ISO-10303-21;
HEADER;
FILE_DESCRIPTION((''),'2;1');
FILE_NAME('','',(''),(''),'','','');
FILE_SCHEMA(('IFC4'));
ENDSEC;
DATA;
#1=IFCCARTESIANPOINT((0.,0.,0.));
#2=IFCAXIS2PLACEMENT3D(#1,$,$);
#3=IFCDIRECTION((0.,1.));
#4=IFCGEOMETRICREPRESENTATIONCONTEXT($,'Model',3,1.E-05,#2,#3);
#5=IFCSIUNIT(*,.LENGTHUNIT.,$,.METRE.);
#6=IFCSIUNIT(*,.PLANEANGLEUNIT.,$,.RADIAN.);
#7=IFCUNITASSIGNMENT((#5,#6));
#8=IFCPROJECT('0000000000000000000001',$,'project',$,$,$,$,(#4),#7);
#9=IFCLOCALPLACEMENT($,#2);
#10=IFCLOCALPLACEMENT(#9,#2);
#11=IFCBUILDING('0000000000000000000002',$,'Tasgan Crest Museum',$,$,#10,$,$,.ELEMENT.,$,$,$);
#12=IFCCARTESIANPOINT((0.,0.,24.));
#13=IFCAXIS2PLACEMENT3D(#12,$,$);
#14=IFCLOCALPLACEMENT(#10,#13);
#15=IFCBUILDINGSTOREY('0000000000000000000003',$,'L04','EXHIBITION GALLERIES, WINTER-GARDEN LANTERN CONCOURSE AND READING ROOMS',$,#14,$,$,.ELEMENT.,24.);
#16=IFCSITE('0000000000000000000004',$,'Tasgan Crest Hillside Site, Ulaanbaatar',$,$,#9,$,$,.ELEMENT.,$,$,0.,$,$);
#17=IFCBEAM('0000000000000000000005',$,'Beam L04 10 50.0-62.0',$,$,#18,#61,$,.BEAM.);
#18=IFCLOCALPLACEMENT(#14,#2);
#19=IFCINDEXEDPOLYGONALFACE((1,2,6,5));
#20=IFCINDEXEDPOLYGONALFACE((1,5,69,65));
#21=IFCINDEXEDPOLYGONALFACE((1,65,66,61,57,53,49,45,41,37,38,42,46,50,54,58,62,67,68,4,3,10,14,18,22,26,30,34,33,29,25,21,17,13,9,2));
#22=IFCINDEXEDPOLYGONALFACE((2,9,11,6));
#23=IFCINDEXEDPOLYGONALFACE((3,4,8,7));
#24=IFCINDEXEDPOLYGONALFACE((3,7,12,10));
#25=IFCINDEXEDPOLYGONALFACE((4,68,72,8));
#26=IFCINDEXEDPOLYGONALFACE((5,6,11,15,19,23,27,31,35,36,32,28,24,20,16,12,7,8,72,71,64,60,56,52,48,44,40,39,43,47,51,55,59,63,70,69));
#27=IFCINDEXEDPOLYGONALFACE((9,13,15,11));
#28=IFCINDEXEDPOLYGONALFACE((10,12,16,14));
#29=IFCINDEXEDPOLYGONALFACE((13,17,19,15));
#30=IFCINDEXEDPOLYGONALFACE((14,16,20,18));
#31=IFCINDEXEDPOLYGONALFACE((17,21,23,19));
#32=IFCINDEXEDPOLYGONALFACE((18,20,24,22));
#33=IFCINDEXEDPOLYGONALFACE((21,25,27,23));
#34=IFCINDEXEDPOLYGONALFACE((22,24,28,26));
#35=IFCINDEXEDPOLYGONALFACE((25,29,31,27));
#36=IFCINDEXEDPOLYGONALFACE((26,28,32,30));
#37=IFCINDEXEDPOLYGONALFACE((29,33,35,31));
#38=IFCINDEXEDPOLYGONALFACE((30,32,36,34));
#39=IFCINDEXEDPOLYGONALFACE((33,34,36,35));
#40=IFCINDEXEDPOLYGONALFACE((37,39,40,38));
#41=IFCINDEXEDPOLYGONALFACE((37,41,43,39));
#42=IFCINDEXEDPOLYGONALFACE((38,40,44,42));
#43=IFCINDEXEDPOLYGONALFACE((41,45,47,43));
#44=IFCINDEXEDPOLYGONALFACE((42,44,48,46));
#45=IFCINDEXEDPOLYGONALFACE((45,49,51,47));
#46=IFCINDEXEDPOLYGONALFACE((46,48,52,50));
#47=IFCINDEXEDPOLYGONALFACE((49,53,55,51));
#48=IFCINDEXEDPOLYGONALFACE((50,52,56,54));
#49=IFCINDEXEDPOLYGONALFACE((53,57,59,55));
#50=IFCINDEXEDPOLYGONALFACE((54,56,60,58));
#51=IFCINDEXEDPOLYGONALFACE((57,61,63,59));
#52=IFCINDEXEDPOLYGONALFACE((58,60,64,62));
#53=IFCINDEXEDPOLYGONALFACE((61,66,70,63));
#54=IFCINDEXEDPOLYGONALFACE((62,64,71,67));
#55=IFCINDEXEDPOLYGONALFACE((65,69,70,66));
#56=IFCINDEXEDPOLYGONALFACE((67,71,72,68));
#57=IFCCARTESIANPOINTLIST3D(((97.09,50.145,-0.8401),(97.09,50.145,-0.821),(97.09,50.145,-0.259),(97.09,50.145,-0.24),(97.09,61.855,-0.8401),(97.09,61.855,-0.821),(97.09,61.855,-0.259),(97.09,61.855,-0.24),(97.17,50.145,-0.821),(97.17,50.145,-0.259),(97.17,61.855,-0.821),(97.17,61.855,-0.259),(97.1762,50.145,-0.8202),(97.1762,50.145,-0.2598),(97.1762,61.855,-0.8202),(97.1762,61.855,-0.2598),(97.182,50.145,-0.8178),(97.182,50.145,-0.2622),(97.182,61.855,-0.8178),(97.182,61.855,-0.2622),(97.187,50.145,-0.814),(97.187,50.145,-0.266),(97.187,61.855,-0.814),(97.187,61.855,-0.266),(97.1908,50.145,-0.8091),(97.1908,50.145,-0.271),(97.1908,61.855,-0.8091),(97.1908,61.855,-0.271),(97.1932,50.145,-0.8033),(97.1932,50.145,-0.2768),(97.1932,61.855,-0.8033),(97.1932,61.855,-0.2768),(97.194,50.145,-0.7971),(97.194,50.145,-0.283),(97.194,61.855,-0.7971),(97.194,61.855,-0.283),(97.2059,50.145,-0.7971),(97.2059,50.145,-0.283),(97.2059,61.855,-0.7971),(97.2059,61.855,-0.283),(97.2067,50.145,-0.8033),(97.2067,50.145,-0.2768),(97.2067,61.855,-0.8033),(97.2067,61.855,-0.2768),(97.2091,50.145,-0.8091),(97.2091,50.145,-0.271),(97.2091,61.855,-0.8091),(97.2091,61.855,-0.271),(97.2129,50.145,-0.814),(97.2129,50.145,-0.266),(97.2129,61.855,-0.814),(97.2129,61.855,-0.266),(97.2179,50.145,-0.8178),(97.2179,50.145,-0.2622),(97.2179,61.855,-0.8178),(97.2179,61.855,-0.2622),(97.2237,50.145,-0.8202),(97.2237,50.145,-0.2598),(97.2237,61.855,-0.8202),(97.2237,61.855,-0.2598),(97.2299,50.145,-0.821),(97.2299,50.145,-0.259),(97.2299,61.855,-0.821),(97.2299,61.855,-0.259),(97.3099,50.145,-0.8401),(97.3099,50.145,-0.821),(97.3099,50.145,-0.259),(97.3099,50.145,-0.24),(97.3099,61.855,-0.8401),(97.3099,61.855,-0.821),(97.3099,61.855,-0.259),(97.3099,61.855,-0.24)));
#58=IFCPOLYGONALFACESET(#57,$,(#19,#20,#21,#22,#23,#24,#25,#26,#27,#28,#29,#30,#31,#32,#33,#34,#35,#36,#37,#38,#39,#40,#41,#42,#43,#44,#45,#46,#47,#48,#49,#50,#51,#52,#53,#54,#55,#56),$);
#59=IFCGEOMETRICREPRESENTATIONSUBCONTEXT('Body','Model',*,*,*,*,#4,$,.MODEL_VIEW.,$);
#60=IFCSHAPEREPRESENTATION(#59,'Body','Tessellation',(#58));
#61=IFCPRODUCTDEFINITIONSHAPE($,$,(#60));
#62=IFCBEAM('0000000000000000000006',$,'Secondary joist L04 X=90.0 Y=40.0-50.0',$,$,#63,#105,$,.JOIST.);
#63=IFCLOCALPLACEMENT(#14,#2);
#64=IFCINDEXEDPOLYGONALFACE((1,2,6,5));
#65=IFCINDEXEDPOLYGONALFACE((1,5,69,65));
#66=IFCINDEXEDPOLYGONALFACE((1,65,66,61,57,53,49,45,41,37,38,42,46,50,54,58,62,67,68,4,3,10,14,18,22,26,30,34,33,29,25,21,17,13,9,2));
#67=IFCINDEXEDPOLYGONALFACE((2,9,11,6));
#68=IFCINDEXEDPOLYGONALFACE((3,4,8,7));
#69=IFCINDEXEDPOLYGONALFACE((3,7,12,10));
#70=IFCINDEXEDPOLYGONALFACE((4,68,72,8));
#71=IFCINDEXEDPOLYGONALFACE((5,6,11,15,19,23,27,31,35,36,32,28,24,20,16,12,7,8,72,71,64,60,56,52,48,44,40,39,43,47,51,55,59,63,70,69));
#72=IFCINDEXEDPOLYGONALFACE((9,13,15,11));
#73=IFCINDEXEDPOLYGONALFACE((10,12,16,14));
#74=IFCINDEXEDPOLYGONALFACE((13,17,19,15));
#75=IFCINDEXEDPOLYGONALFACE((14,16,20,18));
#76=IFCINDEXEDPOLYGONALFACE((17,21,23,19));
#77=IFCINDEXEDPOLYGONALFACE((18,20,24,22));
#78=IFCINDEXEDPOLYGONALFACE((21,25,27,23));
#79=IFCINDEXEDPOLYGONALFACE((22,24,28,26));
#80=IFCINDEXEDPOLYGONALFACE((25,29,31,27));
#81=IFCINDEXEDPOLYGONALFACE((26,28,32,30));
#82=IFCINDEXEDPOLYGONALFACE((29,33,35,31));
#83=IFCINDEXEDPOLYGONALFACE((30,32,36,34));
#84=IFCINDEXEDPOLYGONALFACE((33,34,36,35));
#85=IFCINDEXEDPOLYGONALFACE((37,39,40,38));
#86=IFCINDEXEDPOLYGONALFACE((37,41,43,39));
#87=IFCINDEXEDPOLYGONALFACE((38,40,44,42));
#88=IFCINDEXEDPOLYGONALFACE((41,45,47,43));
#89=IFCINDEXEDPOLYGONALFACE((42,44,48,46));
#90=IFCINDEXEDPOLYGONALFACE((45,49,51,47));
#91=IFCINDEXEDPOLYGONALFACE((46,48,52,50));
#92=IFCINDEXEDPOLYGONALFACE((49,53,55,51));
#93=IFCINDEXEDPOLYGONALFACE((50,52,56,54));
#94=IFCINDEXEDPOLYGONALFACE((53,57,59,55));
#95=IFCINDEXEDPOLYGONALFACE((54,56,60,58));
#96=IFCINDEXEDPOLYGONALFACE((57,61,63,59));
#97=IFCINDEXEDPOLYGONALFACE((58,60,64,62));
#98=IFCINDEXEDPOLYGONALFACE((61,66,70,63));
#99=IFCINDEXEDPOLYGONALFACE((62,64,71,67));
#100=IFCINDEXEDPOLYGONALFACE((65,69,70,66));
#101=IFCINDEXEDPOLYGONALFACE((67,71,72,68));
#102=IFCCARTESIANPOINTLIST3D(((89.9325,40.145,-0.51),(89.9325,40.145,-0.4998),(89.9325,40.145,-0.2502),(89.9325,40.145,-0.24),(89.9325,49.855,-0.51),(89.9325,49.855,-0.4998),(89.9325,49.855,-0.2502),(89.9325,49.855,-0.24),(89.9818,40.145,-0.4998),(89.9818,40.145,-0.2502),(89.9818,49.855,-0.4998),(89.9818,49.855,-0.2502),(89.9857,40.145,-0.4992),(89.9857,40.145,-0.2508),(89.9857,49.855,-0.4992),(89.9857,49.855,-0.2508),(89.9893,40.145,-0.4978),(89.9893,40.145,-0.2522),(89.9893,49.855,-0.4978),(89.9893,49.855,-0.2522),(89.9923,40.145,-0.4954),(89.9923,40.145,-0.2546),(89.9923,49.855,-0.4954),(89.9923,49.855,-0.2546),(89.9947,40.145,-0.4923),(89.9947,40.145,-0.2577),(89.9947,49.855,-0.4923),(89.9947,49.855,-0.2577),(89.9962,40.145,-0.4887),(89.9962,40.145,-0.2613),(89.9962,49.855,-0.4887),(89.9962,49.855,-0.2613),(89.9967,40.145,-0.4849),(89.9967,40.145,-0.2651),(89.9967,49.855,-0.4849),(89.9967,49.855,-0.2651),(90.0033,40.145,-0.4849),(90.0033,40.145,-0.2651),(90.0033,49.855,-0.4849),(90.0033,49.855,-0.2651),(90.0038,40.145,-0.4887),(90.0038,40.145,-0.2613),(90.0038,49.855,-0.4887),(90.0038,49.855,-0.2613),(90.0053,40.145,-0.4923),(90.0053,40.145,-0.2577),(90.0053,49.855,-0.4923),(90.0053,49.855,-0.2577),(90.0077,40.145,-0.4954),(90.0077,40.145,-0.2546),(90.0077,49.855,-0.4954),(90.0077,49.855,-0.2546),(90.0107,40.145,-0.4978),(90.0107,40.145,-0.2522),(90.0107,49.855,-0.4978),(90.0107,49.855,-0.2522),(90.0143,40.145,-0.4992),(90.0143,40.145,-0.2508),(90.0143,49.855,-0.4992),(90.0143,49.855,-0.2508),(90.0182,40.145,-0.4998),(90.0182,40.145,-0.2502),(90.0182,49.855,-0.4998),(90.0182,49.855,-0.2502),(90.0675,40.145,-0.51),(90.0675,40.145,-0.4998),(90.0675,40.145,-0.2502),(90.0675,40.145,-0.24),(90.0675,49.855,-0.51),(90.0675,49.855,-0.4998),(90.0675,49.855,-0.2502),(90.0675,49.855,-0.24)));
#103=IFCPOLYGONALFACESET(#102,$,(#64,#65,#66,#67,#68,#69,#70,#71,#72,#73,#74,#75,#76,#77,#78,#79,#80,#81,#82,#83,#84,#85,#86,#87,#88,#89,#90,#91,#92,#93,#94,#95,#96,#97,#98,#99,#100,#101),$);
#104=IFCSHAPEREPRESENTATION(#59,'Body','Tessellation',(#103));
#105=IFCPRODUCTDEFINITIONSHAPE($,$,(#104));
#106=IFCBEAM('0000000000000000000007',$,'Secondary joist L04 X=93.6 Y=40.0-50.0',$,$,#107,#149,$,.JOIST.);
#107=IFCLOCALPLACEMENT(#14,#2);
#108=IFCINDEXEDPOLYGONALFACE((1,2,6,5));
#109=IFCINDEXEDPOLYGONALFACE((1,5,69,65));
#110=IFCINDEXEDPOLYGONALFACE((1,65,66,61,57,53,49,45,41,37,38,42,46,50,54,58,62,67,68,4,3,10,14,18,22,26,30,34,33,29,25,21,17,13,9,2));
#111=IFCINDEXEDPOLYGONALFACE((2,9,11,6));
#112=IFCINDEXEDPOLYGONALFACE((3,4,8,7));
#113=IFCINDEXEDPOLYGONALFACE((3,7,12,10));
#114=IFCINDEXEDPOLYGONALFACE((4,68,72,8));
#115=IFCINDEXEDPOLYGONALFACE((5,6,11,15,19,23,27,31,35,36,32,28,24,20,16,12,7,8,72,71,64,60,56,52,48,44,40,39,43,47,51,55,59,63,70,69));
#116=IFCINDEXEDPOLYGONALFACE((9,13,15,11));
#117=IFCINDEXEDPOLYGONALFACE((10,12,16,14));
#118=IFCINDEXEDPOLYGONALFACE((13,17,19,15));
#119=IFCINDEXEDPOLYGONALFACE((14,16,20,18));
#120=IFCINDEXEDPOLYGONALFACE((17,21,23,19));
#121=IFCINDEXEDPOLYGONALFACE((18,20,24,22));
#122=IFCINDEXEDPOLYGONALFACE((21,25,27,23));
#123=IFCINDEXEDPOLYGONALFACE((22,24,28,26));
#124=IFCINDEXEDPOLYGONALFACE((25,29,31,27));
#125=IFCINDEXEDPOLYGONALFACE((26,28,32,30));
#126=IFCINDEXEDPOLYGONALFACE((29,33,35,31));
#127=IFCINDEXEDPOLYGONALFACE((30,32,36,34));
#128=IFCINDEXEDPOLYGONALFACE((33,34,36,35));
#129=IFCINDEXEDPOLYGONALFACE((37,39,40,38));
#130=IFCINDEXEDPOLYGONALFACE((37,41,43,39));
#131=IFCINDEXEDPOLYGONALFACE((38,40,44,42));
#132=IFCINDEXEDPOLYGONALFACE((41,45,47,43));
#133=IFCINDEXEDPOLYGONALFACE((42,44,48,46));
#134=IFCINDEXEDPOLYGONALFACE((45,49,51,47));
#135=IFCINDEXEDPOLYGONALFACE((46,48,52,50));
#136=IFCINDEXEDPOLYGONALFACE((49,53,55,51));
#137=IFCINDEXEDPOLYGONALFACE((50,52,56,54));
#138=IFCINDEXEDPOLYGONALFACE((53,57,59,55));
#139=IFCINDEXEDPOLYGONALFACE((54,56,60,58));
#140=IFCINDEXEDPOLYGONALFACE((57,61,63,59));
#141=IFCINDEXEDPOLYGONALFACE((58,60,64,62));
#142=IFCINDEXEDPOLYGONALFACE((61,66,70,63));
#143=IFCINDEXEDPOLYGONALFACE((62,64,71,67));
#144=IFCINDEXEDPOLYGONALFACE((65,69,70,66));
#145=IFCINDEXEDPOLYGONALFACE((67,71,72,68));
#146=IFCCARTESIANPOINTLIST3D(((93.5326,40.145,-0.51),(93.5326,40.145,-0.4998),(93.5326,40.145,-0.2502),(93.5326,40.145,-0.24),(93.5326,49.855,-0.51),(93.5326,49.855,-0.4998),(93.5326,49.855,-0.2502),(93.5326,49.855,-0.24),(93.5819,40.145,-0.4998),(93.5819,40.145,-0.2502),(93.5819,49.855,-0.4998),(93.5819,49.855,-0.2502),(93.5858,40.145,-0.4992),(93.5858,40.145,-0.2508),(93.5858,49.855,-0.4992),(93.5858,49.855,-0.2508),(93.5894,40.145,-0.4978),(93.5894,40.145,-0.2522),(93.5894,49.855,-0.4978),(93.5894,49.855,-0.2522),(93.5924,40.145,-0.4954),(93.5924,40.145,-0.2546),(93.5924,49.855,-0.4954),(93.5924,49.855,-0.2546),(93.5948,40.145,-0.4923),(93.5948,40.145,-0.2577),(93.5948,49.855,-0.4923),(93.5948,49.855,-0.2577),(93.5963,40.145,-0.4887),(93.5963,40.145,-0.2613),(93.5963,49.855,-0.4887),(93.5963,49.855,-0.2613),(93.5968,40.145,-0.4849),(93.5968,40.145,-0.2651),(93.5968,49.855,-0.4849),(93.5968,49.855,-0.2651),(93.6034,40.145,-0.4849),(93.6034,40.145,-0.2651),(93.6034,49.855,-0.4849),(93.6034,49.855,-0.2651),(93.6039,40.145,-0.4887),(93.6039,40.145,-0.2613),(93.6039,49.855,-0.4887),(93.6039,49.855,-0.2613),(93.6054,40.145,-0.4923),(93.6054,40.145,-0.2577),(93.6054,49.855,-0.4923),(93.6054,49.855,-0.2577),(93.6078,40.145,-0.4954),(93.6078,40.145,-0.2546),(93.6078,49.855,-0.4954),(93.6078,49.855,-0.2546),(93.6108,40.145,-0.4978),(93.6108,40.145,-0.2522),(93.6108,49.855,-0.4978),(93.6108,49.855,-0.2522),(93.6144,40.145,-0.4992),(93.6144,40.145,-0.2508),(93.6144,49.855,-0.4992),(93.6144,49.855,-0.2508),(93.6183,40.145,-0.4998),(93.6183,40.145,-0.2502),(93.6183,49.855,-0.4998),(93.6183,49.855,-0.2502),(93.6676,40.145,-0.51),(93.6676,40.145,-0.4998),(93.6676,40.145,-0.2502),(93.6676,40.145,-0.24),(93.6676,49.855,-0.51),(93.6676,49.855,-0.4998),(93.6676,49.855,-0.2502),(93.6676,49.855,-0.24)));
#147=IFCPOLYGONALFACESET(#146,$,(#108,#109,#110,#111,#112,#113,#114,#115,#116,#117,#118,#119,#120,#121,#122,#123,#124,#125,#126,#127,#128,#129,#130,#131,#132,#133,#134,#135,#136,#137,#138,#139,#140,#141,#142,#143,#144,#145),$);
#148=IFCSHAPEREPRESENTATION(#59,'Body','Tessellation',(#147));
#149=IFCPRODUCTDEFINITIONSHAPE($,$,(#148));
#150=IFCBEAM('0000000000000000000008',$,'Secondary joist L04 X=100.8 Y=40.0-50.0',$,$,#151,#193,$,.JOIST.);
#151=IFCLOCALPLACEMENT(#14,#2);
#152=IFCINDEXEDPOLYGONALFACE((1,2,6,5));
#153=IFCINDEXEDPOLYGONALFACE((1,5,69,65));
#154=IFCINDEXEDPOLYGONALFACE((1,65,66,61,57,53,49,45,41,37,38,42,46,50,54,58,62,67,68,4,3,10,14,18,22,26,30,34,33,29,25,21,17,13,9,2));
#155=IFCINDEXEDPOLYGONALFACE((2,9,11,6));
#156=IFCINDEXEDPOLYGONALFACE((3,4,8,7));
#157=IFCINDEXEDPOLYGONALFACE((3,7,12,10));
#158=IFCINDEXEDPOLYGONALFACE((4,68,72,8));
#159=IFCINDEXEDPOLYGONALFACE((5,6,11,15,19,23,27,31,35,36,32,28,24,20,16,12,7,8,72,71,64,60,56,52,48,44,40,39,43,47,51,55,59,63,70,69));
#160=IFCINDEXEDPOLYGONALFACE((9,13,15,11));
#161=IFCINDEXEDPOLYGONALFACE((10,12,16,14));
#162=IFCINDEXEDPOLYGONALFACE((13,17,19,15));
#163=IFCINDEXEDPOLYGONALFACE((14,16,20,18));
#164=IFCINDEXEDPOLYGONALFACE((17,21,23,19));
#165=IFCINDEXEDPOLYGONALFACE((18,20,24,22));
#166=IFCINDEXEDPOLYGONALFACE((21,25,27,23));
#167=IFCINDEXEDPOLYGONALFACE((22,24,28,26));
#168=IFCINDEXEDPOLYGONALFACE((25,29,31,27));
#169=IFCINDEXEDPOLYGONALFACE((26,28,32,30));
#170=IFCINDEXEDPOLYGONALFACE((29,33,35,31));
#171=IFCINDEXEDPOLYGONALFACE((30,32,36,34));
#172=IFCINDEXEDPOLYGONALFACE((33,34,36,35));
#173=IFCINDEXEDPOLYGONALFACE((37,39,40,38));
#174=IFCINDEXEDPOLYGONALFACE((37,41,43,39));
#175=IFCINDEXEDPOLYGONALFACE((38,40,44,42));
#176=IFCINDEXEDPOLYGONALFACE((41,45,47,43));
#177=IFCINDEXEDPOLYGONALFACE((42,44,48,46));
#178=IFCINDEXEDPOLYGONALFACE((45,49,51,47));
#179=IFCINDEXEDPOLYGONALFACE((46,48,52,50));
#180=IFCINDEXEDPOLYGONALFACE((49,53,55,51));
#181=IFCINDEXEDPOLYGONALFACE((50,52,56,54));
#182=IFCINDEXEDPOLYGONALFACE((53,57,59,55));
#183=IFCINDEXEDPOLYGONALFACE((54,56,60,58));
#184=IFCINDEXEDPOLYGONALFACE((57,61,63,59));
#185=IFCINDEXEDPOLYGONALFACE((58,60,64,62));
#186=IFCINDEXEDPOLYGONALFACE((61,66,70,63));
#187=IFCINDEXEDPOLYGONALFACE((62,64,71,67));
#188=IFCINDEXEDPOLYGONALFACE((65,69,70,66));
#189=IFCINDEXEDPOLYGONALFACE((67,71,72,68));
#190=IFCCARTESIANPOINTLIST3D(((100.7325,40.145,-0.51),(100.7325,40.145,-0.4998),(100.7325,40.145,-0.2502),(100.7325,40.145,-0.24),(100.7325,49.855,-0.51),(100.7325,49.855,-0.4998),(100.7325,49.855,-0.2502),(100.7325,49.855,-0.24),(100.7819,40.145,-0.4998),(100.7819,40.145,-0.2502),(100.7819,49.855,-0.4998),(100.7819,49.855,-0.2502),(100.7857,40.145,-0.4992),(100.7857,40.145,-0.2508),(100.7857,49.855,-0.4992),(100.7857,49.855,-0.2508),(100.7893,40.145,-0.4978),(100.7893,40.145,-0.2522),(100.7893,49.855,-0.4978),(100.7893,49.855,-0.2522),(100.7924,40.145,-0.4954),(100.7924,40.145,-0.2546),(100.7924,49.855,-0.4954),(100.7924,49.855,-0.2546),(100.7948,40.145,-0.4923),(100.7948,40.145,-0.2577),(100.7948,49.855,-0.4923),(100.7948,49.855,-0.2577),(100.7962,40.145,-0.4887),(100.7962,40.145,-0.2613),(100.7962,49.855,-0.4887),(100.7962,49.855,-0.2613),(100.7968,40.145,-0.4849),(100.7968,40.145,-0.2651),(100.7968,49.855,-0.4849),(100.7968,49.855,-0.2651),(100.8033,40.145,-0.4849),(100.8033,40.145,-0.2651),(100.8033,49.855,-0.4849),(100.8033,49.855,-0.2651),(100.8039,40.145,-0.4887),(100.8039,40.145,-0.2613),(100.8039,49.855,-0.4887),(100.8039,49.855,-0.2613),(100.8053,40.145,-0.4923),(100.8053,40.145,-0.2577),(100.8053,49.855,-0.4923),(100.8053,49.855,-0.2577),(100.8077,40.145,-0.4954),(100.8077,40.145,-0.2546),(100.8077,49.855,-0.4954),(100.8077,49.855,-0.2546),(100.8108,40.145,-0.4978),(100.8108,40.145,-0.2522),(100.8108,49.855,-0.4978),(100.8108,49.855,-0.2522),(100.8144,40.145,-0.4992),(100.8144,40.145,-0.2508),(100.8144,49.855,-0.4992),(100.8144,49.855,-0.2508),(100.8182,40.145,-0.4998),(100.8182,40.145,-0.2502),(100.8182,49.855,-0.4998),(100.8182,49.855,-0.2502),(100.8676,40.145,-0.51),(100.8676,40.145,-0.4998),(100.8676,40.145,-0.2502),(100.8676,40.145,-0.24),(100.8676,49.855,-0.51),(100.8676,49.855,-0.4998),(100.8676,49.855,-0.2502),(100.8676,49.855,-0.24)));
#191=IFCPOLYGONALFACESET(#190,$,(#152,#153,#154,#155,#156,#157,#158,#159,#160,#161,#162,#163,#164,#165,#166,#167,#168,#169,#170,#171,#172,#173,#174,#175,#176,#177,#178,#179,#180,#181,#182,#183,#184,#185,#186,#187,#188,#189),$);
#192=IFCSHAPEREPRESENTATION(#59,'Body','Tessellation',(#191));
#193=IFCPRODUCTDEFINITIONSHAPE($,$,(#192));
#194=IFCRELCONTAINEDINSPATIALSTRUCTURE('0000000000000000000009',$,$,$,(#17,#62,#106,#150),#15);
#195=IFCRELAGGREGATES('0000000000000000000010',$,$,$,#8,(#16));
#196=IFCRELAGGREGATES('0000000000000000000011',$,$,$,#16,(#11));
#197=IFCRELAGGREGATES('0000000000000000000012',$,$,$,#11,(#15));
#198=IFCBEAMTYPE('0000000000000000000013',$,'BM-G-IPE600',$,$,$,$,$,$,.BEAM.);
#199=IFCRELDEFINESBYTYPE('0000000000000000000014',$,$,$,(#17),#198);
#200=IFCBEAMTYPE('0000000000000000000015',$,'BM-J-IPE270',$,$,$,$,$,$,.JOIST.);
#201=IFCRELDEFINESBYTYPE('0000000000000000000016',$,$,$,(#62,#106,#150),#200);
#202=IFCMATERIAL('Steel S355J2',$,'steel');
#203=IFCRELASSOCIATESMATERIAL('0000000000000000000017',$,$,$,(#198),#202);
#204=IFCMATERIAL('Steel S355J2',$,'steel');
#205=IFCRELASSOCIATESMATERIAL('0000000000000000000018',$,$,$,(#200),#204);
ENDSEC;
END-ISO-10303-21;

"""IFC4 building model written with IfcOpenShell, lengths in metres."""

from ifc_helpers import new_model, si_unit, direction, frame, origin, origin_2d, place, context, subcontext, project, spatial, i_section, extrude, material, material_profile, profile_set, type_object, element, save


model = new_model("IFC4")

# Units and contexts
model_context = context("Model", 3, precision=1e-05, world=origin(), true_north=direction((0.0, 1.0)))
body_context = subcontext(model_context, "Body", "Model", "MODEL_VIEW")
ifc_project = project(units=[si_unit("LENGTHUNIT", "METRE"), si_unit("PLANEANGLEUNIT", "RADIAN")], contexts=[model_context])

# Site, building, storey
site_placement = place(None, origin())
site = spatial("IfcSite", under=ifc_project, at=site_placement, Name="Tasgan Crest Hillside Site, Ulaanbaatar", CompositionType="ELEMENT", RefElevation=0.0)
building_placement = place(site_placement, origin())
building = spatial("IfcBuilding", under=site, at=building_placement, Name="Tasgan Crest Museum", CompositionType="ELEMENT")
storey_placement = place(building_placement, frame((0.0, 0.0, 24.0)))
storey = spatial("IfcBuildingStorey", under=building, at=storey_placement, Name="L04", Description="EXHIBITION GALLERIES, WINTER-GARDEN LANTERN CONCOURSE AND READING ROOMS", CompositionType="ELEMENT", Elevation=24.0)

# Beams
ifc_material_1 = material(Name="Steel S355J2", Category="steel")
ifc_material_profile_1 = material_profile(ifc_material_1, i_section(OverallWidth=0.22, OverallDepth=0.6001, WebThickness=0.012, FlangeThickness=0.019, FilletRadius=0.0239, at=origin_2d()), Name="IPE 600")
ifc_profile_set_1 = profile_set([ifc_material_profile_1], Name="Steel S355J2")
beam_type_1 = type_object("IfcBeamType", Name="BM-G-IPE600", PredefinedType="BEAM", material=ifc_profile_set_1)
beam_1_placement = place(storey_placement, frame((97.2, 50.145, -0.54), z_axis=(0.0, 1.0, 0.0), x_axis=(-1.0, 0.0, 0.0)))
element("IfcBeam", 1, at=beam_1_placement, inside=storey, type_object=beam_type_1, Name="Beam L04 10 50.0-62.0", PredefinedType="BEAM", context=body_context, shape_type="SweptSolid", body=[
    extrude(i_section(OverallWidth=0.22, OverallDepth=0.6001, WebThickness=0.012, FlangeThickness=0.019, FilletRadius=0.0239, at=origin_2d()), origin(), (0.0, 0.0, 1.0), 11.71),
])
ifc_material_2 = material(Name="Steel S355J2", Category="steel")
ifc_material_profile_2 = material_profile(ifc_material_2, i_section(OverallWidth=0.135, OverallDepth=0.27, WebThickness=0.0066, FlangeThickness=0.0103, FilletRadius=0.0149, at=origin_2d()), Name="IPE 270")
ifc_profile_set_2 = profile_set([ifc_material_profile_2], Name="Steel S355J2")
beam_type_2 = type_object("IfcBeamType", Name="BM-J-IPE270", PredefinedType="JOIST", material=ifc_profile_set_2)
for number, where, z_axis, x_axis, name in (
    (2, (90.0, 40.145, -0.375), (0.0, 1.0, 0.0), (-1.0, 0.0, 0.0), "Secondary joist L04 X=90.0 Y=40.0-50.0"),
    (3, (93.6001, 40.145, -0.375), (0.0, 1.0, 0.0), (-1.0, 0.0, 0.0), "Secondary joist L04 X=93.6 Y=40.0-50.0"),
    (4, (100.8, 40.145, -0.375), (0.0, 1.0, 0.0), (-1.0, 0.0, 0.0), "Secondary joist L04 X=100.8 Y=40.0-50.0"),
):
    element("IfcBeam", number, at=place(storey_placement, frame(where, z_axis=z_axis, x_axis=x_axis)), inside=storey, type_object=beam_type_2, Name=name, PredefinedType="JOIST", context=body_context, shape_type="SweptSolid", body=[
        extrude(i_section(OverallWidth=0.135, OverallDepth=0.27, WebThickness=0.0066, FlangeThickness=0.0103, FilletRadius=0.0149, at=origin_2d()), origin(), (0.0, 0.0, 1.0), 9.71),
    ])

save(model, "model.ifc")
